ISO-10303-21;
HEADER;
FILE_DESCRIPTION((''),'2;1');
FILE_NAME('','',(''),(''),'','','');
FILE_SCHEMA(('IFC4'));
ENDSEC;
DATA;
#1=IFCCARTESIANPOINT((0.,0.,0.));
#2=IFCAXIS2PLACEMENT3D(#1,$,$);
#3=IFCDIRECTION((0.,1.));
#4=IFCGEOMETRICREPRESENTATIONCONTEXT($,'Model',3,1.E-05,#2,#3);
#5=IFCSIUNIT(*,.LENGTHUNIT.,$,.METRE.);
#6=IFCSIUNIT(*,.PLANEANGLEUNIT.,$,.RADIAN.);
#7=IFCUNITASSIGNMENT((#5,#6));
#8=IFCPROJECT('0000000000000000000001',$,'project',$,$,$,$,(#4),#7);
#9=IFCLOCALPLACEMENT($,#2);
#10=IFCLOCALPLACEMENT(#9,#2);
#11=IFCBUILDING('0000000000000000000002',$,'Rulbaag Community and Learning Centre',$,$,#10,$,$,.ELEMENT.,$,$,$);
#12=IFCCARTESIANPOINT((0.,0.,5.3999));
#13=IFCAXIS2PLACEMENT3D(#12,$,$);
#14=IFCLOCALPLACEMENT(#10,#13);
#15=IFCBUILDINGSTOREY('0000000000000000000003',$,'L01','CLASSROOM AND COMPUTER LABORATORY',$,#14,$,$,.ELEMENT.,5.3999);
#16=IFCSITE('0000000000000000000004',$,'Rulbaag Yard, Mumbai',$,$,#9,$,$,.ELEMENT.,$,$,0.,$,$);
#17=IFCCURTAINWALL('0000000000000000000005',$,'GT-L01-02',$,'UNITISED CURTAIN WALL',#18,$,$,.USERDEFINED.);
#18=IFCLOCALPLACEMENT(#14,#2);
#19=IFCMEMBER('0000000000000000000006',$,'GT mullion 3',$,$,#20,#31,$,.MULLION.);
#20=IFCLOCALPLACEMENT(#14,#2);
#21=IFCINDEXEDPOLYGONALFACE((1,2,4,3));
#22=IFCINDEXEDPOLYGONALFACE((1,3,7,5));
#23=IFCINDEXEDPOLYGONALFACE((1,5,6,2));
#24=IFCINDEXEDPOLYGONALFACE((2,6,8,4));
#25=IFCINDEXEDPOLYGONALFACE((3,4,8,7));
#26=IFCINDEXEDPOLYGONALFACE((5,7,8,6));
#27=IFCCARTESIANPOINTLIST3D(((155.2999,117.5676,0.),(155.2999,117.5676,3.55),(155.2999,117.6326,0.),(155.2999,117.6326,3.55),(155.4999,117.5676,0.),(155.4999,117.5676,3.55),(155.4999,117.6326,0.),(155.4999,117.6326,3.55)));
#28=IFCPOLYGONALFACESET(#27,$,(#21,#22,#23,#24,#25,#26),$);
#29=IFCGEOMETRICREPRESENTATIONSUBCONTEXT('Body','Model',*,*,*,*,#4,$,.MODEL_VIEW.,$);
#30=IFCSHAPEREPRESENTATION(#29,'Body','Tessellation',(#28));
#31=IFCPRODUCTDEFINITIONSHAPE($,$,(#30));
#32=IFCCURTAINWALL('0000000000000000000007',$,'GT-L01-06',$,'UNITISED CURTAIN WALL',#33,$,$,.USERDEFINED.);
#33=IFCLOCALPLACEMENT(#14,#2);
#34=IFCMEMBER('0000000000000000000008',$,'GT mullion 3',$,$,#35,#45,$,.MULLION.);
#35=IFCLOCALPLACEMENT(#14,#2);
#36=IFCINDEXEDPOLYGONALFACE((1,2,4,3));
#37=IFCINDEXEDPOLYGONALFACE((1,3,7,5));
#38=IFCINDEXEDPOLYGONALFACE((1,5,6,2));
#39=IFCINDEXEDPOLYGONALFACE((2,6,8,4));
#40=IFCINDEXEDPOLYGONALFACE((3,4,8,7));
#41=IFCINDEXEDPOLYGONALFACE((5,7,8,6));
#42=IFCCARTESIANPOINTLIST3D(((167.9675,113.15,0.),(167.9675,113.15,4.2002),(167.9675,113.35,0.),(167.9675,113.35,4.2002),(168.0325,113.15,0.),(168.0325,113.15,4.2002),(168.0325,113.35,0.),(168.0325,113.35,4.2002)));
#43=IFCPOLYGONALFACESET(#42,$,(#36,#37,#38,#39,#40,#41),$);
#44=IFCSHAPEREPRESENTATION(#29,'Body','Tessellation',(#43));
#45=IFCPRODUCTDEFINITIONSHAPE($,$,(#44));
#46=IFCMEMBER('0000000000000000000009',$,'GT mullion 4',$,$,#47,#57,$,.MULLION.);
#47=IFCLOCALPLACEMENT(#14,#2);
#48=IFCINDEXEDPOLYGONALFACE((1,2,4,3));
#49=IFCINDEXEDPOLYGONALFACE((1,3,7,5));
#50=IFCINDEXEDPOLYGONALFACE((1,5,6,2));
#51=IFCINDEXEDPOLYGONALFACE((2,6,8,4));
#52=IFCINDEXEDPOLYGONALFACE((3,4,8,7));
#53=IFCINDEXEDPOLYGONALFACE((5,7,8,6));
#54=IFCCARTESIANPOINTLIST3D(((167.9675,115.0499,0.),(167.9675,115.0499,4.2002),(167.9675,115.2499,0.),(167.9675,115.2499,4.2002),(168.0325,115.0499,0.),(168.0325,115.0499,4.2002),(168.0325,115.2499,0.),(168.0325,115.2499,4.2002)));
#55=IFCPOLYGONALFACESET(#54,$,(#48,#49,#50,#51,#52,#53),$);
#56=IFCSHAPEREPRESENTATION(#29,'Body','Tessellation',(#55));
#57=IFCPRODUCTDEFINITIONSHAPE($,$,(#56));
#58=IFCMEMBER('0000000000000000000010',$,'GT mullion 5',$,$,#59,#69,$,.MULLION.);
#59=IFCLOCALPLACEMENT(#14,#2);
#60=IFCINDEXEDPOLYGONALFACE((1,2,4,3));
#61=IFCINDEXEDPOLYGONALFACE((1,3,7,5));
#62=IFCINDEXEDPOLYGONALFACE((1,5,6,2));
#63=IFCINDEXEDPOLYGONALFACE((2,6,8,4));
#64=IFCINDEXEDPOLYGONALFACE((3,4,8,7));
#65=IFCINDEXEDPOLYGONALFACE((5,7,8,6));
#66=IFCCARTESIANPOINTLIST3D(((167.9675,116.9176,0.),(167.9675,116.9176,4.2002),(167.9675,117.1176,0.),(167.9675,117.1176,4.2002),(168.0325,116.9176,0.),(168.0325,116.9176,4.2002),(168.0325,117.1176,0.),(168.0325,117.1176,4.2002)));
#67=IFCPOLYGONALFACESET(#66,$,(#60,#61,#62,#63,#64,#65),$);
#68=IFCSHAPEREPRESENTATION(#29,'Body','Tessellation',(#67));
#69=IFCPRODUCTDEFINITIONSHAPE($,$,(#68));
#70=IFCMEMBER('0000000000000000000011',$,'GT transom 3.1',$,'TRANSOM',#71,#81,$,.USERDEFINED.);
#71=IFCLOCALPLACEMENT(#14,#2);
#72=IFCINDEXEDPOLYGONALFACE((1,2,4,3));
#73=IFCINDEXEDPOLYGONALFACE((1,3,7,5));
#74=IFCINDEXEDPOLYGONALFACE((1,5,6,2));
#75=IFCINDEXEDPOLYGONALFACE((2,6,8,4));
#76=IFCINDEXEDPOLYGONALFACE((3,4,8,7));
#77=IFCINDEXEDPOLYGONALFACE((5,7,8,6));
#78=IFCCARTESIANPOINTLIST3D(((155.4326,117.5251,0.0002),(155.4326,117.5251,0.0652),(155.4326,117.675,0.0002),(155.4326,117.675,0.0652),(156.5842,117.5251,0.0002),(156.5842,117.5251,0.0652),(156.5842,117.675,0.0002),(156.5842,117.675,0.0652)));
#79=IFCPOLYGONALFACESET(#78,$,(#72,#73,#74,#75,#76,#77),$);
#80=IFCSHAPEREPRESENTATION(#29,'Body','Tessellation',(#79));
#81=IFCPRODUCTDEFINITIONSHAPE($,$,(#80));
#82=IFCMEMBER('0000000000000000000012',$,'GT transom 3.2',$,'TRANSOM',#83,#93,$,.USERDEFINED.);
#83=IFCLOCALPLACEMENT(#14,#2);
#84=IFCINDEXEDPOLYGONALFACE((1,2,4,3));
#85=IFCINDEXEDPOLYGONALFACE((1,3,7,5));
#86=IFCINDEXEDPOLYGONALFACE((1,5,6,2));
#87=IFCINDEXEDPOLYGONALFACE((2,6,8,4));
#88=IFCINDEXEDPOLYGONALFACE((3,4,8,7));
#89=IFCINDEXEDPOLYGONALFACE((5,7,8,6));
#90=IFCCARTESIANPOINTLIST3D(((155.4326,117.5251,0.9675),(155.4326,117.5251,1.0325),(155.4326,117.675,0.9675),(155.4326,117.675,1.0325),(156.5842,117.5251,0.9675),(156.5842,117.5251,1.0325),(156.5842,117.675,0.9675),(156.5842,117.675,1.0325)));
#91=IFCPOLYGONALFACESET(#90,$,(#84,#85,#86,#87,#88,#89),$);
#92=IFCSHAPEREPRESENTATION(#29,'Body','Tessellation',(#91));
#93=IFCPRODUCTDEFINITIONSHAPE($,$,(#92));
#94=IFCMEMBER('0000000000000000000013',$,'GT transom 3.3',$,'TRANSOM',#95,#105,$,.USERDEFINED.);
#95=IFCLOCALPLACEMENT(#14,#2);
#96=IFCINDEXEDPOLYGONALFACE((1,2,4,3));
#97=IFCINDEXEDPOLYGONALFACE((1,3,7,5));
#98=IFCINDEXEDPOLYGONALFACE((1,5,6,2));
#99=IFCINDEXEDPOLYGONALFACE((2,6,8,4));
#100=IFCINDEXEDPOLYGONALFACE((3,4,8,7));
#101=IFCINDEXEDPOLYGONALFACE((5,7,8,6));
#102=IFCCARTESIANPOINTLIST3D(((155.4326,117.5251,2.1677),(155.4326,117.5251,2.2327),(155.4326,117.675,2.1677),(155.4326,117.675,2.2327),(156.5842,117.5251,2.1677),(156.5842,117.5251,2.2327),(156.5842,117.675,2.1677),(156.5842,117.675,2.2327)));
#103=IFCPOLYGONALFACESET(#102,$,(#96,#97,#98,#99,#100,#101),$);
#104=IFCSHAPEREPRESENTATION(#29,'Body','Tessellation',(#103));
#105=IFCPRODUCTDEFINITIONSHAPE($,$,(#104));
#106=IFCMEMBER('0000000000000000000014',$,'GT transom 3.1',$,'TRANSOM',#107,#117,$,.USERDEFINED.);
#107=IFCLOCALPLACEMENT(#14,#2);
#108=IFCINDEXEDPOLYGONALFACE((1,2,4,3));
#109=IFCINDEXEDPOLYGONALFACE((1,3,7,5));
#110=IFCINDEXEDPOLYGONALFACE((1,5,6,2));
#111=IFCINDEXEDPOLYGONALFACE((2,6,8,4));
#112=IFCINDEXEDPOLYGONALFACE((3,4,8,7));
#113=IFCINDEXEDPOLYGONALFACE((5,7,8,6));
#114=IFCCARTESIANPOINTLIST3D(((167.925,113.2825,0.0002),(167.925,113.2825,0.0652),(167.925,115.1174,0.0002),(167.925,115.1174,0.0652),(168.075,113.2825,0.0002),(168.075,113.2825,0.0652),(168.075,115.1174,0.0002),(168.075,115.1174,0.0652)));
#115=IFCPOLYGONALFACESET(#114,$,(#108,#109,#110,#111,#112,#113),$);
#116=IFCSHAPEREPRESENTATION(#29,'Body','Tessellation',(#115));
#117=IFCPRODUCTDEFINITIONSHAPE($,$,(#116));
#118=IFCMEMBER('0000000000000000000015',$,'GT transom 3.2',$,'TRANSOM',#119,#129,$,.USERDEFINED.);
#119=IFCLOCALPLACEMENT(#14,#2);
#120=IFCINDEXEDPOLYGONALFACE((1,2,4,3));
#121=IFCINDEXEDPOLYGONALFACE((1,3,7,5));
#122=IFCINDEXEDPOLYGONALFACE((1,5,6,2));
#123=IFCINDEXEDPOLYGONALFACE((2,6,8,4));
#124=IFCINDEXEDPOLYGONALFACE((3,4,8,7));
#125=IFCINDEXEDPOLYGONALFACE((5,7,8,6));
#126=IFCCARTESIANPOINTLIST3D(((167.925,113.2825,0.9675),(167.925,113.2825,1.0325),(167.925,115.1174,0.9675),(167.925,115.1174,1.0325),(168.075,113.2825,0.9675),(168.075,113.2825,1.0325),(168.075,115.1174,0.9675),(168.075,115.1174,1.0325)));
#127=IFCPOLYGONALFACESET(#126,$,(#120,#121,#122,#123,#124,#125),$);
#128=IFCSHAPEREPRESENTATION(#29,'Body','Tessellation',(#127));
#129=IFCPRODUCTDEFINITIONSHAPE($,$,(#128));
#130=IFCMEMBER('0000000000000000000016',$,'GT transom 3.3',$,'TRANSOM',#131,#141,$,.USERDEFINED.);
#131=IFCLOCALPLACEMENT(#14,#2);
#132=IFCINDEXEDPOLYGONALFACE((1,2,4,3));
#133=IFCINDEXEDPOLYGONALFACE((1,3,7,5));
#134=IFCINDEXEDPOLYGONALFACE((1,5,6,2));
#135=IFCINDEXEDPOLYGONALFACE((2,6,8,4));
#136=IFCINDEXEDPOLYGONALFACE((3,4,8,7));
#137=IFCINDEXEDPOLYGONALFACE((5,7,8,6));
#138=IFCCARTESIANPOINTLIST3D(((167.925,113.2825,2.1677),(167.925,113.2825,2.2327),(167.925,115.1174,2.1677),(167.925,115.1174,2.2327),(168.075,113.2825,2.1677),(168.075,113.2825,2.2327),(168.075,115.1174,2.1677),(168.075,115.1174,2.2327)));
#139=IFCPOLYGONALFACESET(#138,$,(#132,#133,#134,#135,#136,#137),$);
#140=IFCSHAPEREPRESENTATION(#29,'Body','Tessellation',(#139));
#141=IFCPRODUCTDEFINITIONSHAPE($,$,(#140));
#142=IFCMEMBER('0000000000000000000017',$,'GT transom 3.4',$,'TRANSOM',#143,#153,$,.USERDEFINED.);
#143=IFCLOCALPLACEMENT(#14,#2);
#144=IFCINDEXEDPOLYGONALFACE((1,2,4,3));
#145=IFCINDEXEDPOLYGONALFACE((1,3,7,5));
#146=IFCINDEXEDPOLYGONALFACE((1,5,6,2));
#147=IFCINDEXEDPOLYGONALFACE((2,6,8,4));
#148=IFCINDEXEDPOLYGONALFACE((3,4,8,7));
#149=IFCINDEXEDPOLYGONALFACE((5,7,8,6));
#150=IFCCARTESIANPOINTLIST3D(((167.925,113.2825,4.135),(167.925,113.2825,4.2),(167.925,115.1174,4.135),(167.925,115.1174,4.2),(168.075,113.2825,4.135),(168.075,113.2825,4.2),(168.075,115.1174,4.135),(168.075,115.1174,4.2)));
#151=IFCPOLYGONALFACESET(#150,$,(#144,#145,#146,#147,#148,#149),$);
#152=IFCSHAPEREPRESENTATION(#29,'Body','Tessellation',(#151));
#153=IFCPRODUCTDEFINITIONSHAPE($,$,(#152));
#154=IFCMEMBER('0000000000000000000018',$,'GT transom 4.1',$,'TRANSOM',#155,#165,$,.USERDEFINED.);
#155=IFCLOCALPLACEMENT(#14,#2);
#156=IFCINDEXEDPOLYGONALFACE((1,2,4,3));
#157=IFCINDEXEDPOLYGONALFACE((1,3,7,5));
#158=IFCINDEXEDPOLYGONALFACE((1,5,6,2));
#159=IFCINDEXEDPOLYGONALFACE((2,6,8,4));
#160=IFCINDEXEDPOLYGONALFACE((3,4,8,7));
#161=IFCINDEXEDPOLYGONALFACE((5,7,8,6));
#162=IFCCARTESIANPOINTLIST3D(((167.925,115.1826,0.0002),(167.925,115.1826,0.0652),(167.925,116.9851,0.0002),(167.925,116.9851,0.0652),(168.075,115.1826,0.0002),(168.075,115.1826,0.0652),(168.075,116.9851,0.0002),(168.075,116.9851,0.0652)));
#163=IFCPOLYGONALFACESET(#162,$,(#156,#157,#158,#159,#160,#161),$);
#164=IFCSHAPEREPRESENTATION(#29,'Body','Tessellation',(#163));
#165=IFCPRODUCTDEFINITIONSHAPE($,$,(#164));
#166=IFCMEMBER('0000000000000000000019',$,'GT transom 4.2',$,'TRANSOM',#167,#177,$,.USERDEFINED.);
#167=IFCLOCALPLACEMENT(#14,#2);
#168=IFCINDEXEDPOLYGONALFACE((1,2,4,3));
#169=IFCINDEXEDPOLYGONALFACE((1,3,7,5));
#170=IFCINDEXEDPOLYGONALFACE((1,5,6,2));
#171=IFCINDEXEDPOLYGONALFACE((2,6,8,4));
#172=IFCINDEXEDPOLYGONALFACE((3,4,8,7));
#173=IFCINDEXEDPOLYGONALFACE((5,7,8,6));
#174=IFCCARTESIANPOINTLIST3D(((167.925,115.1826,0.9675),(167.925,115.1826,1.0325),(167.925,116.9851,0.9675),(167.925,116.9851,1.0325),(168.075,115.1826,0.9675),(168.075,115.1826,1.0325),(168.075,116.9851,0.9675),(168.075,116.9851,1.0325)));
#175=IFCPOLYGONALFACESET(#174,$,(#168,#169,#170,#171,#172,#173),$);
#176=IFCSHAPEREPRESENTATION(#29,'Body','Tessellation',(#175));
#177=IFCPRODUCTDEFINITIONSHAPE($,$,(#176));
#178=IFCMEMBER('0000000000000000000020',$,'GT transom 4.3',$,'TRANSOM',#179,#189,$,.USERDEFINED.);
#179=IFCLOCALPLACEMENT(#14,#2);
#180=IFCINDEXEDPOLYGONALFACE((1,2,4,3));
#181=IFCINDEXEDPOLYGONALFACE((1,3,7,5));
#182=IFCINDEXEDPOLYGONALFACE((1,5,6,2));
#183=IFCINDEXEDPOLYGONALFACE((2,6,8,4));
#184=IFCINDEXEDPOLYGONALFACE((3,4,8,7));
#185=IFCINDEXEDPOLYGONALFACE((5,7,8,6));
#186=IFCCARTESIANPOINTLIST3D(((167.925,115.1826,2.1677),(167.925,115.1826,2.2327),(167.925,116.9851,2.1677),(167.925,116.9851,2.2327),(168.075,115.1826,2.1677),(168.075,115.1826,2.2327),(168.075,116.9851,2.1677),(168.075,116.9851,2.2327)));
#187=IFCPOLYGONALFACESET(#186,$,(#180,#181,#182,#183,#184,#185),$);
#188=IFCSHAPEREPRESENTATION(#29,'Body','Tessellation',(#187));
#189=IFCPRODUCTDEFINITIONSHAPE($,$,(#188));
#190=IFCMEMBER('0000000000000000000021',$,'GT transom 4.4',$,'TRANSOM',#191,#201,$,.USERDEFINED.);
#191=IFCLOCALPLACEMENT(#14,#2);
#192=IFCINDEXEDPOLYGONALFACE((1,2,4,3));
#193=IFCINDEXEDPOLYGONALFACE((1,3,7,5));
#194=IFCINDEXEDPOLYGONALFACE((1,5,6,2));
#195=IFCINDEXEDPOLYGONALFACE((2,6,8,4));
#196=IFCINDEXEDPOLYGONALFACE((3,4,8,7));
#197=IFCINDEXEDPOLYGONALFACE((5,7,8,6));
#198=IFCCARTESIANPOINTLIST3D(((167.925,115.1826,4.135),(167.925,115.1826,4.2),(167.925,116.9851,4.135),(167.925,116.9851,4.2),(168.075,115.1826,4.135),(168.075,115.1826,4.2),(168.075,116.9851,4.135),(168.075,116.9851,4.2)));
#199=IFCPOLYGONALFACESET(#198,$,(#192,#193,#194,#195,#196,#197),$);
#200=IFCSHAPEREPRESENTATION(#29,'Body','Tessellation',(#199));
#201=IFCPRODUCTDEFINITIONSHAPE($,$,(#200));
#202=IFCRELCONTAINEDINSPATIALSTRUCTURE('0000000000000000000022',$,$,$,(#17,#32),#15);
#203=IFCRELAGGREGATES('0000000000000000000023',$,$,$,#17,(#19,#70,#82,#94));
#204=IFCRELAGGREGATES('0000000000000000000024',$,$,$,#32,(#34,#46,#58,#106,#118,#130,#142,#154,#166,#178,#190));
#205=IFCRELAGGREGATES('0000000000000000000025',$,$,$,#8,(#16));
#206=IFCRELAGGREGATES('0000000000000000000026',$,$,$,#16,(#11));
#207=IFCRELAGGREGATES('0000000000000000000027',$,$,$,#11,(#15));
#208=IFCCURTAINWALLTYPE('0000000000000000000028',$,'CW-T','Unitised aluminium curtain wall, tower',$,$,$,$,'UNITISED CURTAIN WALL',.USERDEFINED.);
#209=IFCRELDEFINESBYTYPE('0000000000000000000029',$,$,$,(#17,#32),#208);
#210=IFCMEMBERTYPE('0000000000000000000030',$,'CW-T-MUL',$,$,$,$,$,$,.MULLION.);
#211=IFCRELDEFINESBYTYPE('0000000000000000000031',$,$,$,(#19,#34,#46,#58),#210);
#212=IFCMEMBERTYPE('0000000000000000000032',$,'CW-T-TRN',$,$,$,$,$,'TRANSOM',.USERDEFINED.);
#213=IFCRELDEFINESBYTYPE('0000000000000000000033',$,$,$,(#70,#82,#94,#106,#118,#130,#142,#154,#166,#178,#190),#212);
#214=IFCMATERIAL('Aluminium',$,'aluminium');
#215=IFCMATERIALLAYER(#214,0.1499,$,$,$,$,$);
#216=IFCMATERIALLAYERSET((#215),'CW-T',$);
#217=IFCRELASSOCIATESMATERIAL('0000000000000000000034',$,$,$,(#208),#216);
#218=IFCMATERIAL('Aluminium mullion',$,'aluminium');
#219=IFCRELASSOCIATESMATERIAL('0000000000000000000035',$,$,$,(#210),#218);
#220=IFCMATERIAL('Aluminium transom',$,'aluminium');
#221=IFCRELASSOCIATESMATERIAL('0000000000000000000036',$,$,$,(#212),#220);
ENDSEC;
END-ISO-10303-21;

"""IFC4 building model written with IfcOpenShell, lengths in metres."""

from ifc_helpers import new_model, si_unit, direction, frame, origin, origin_2d, place, context, subcontext, project, spatial, rectangle, extrude, material, layer, layer_set, material_profile, profile_set, type_object, element, aggregate, save


model = new_model("IFC4")

# Units and contexts
model_context = context("Model", 3, precision=1e-05, world=origin(), true_north=direction((0.0, 1.0)))
body_context = subcontext(model_context, "Body", "Model", "MODEL_VIEW")
ifc_project = project(units=[si_unit("LENGTHUNIT", "METRE"), si_unit("PLANEANGLEUNIT", "RADIAN")], contexts=[model_context])

# Site, building, storey
site_placement = place(None, origin())
site = spatial("IfcSite", under=ifc_project, at=site_placement, Name="Rulbaag Yard, Mumbai", CompositionType="ELEMENT", RefElevation=0.0)
building_placement = place(site_placement, origin())
building = spatial("IfcBuilding", under=site, at=building_placement, Name="Rulbaag Community and Learning Centre", CompositionType="ELEMENT")
storey_placement = place(building_placement, frame((0.0, 0.0, 5.3999)))
storey = spatial("IfcBuildingStorey", under=building, at=storey_placement, Name="L01", Description="CLASSROOM AND COMPUTER LABORATORY", CompositionType="ELEMENT", Elevation=5.3999)

# Curtain wall, member
ifc_material_1 = material(Name="Aluminium", Category="aluminium")
ifc_layer_1 = layer(ifc_material_1, 0.1499)
ifc_layer_set_1 = layer_set([ifc_layer_1], Name="CW-T")
curtain_wall_type = type_object("IfcCurtainWallType", Name="CW-T", Description="Unitised aluminium curtain wall, tower", ElementType="UNITISED CURTAIN WALL", PredefinedType="USERDEFINED", material=ifc_layer_set_1)
curtain_wall_1_placement = place(storey_placement, origin())
curtain_wall_1 = element("IfcCurtainWall", 1, at=curtain_wall_1_placement, inside=storey, type_object=curtain_wall_type, Name="GT-L01-02", ObjectType="UNITISED CURTAIN WALL", PredefinedType="USERDEFINED")
ifc_material_2 = material(Name="Aluminium mullion", Category="aluminium")
ifc_material_profile_1 = material_profile(ifc_material_2, rectangle(XDim=0.0649, YDim=0.2, at=origin_2d()), Name="AL 65x200")
ifc_profile_set_1 = profile_set([ifc_material_profile_1], Name="Aluminium mullion")
member_type_1 = type_object("IfcMemberType", Name="CW-T-MUL", PredefinedType="MULLION", material=ifc_profile_set_1)
member_1_placement = place(storey_placement, frame((155.3999, 117.6001, 0.0), z_axis=(0.0, 0.0, 1.0), x_axis=(0.0, 1.0, 0.0)))
member_1 = element("IfcMember", 2, at=member_1_placement, type_object=member_type_1, Name="GT mullion 3", PredefinedType="MULLION", context=body_context, shape_type="SweptSolid", body=[
    extrude(rectangle(XDim=0.0649, YDim=0.2, at=origin_2d()), origin(), (0.0, 0.0, 1.0), 3.55),
])

# Curtain wall, members
curtain_wall_2_placement = place(storey_placement, origin())
curtain_wall_2 = element("IfcCurtainWall", 3, at=curtain_wall_2_placement, inside=storey, type_object=curtain_wall_type, Name="GT-L01-06", ObjectType="UNITISED CURTAIN WALL", PredefinedType="USERDEFINED")
member_2_placement = place(storey_placement, frame((168.0, 113.25, 0.0), z_axis=(0.0, 0.0, 1.0), x_axis=(-1.0, 0.0, 0.0)))
member_2 = element("IfcMember", 4, at=member_2_placement, type_object=member_type_1, Name="GT mullion 3", PredefinedType="MULLION", context=body_context, shape_type="SweptSolid", body=[
    extrude(rectangle(XDim=0.0649, YDim=0.2, at=origin_2d()), origin(), (0.0, 0.0, 1.0), 4.2002),
])
member_3_placement = place(storey_placement, frame((168.0, 115.1499, 0.0), z_axis=(0.0, 0.0, 1.0), x_axis=(-1.0, 0.0, 0.0)))
member_3 = element("IfcMember", 5, at=member_3_placement, type_object=member_type_1, Name="GT mullion 4", PredefinedType="MULLION", context=body_context, shape_type="SweptSolid", body=[
    extrude(rectangle(XDim=0.0649, YDim=0.2, at=origin_2d()), origin(), (0.0, 0.0, 1.0), 4.2002),
])
member_4_placement = place(storey_placement, frame((168.0, 117.0176, 0.0), z_axis=(0.0, 0.0, 1.0), x_axis=(-1.0, 0.0, 0.0)))
member_4 = element("IfcMember", 6, at=member_4_placement, type_object=member_type_1, Name="GT mullion 5", PredefinedType="MULLION", context=body_context, shape_type="SweptSolid", body=[
    extrude(rectangle(XDim=0.0649, YDim=0.2, at=origin_2d()), origin(), (0.0, 0.0, 1.0), 4.2002),
])

# Members
ifc_material_3 = material(Name="Aluminium transom", Category="aluminium")
ifc_material_profile_2 = material_profile(ifc_material_3, rectangle(XDim=0.1499, YDim=0.0649, at=origin_2d()), Name="AL 65x150 T")
ifc_profile_set_2 = profile_set([ifc_material_profile_2], Name="Aluminium transom")
member_type_2 = type_object("IfcMemberType", Name="CW-T-TRN", ElementType="TRANSOM", PredefinedType="USERDEFINED", material=ifc_profile_set_2)
member_5_placement = place(storey_placement, frame((155.4326, 117.6001, 0.0327), z_axis=(1.0, 0.0, 0.0), x_axis=(0.0, 1.0, 0.0)))
member_5 = element("IfcMember", 7, at=member_5_placement, type_object=member_type_2, Name="GT transom 3.1", ObjectType="TRANSOM", PredefinedType="USERDEFINED", context=body_context, shape_type="SweptSolid", body=[
    extrude(rectangle(XDim=0.1499, YDim=0.0649, at=origin_2d()), origin(), (0.0, 0.0, 1.0), 1.1516),
])
member_6_placement = place(storey_placement, frame((155.4326, 117.6001, 1.0), z_axis=(1.0, 0.0, 0.0), x_axis=(0.0, 1.0, 0.0)))
member_6 = element("IfcMember", 8, at=member_6_placement, type_object=member_type_2, Name="GT transom 3.2", ObjectType="TRANSOM", PredefinedType="USERDEFINED", context=body_context, shape_type="SweptSolid", body=[
    extrude(rectangle(XDim=0.1499, YDim=0.0649, at=origin_2d()), origin(), (0.0, 0.0, 1.0), 1.1516),
])
member_7_placement = place(storey_placement, frame((155.4326, 117.6001, 2.2002), z_axis=(1.0, 0.0, 0.0), x_axis=(0.0, 1.0, 0.0)))
member_7 = element("IfcMember", 9, at=member_7_placement, type_object=member_type_2, Name="GT transom 3.3", ObjectType="TRANSOM", PredefinedType="USERDEFINED", context=body_context, shape_type="SweptSolid", body=[
    extrude(rectangle(XDim=0.1499, YDim=0.0649, at=origin_2d()), origin(), (0.0, 0.0, 1.0), 1.1516),
])
member_8_placement = place(storey_placement, frame((168.0, 113.2825, 0.0327), z_axis=(0.0, 1.0, 0.0), x_axis=(-1.0, 0.0, 0.0)))
member_8 = element("IfcMember", 10, at=member_8_placement, type_object=member_type_2, Name="GT transom 3.1", ObjectType="TRANSOM", PredefinedType="USERDEFINED", context=body_context, shape_type="SweptSolid", body=[
    extrude(rectangle(XDim=0.1499, YDim=0.0649, at=origin_2d()), origin(), (0.0, 0.0, 1.0), 1.835),
])
member_9_placement = place(storey_placement, frame((168.0, 113.2825, 1.0), z_axis=(0.0, 1.0, 0.0), x_axis=(-1.0, 0.0, 0.0)))
member_9 = element("IfcMember", 11, at=member_9_placement, type_object=member_type_2, Name="GT transom 3.2", ObjectType="TRANSOM", PredefinedType="USERDEFINED", context=body_context, shape_type="SweptSolid", body=[
    extrude(rectangle(XDim=0.1499, YDim=0.0649, at=origin_2d()), origin(), (0.0, 0.0, 1.0), 1.835),
])
member_10_placement = place(storey_placement, frame((168.0, 113.2825, 2.2002), z_axis=(0.0, 1.0, 0.0), x_axis=(-1.0, 0.0, 0.0)))
member_10 = element("IfcMember", 12, at=member_10_placement, type_object=member_type_2, Name="GT transom 3.3", ObjectType="TRANSOM", PredefinedType="USERDEFINED", context=body_context, shape_type="SweptSolid", body=[
    extrude(rectangle(XDim=0.1499, YDim=0.0649, at=origin_2d()), origin(), (0.0, 0.0, 1.0), 1.835),
])
member_11_placement = place(storey_placement, frame((168.0, 113.2825, 4.1675), z_axis=(0.0, 1.0, 0.0), x_axis=(-1.0, 0.0, 0.0)))
member_11 = element("IfcMember", 13, at=member_11_placement, type_object=member_type_2, Name="GT transom 3.4", ObjectType="TRANSOM", PredefinedType="USERDEFINED", context=body_context, shape_type="SweptSolid", body=[
    extrude(rectangle(XDim=0.1499, YDim=0.0649, at=origin_2d()), origin(), (0.0, 0.0, 1.0), 1.835),
])
member_12_placement = place(storey_placement, frame((168.0, 115.1826, 0.0327), z_axis=(0.0, 1.0, 0.0), x_axis=(-1.0, 0.0, 0.0)))
member_12 = element("IfcMember", 14, at=member_12_placement, type_object=member_type_2, Name="GT transom 4.1", ObjectType="TRANSOM", PredefinedType="USERDEFINED", context=body_context, shape_type="SweptSolid", body=[
    extrude(rectangle(XDim=0.1499, YDim=0.0649, at=origin_2d()), origin(), (0.0, 0.0, 1.0), 1.8025),
])
member_13_placement = place(storey_placement, frame((168.0, 115.1826, 1.0), z_axis=(0.0, 1.0, 0.0), x_axis=(-1.0, 0.0, 0.0)))
member_13 = element("IfcMember", 15, at=member_13_placement, type_object=member_type_2, Name="GT transom 4.2", ObjectType="TRANSOM", PredefinedType="USERDEFINED", context=body_context, shape_type="SweptSolid", body=[
    extrude(rectangle(XDim=0.1499, YDim=0.0649, at=origin_2d()), origin(), (0.0, 0.0, 1.0), 1.8025),
])
member_14_placement = place(storey_placement, frame((168.0, 115.1826, 2.2002), z_axis=(0.0, 1.0, 0.0), x_axis=(-1.0, 0.0, 0.0)))
member_14 = element("IfcMember", 16, at=member_14_placement, type_object=member_type_2, Name="GT transom 4.3", ObjectType="TRANSOM", PredefinedType="USERDEFINED", context=body_context, shape_type="SweptSolid", body=[
    extrude(rectangle(XDim=0.1499, YDim=0.0649, at=origin_2d()), origin(), (0.0, 0.0, 1.0), 1.8025),
])
member_15_placement = place(storey_placement, frame((168.0, 115.1826, 4.1675), z_axis=(0.0, 1.0, 0.0), x_axis=(-1.0, 0.0, 0.0)))
member_15 = element("IfcMember", 17, at=member_15_placement, type_object=member_type_2, Name="GT transom 4.4", ObjectType="TRANSOM", PredefinedType="USERDEFINED", context=body_context, shape_type="SweptSolid", body=[
    extrude(rectangle(XDim=0.1499, YDim=0.0649, at=origin_2d()), origin(), (0.0, 0.0, 1.0), 1.8025),
])

aggregate(curtain_wall_1, [member_1, member_5, member_6, member_7])
aggregate(curtain_wall_2, [member_2, member_3, member_4, member_8, member_9, member_10, member_11, member_12, member_13, member_14, member_15])

save(model, "model.ifc")
